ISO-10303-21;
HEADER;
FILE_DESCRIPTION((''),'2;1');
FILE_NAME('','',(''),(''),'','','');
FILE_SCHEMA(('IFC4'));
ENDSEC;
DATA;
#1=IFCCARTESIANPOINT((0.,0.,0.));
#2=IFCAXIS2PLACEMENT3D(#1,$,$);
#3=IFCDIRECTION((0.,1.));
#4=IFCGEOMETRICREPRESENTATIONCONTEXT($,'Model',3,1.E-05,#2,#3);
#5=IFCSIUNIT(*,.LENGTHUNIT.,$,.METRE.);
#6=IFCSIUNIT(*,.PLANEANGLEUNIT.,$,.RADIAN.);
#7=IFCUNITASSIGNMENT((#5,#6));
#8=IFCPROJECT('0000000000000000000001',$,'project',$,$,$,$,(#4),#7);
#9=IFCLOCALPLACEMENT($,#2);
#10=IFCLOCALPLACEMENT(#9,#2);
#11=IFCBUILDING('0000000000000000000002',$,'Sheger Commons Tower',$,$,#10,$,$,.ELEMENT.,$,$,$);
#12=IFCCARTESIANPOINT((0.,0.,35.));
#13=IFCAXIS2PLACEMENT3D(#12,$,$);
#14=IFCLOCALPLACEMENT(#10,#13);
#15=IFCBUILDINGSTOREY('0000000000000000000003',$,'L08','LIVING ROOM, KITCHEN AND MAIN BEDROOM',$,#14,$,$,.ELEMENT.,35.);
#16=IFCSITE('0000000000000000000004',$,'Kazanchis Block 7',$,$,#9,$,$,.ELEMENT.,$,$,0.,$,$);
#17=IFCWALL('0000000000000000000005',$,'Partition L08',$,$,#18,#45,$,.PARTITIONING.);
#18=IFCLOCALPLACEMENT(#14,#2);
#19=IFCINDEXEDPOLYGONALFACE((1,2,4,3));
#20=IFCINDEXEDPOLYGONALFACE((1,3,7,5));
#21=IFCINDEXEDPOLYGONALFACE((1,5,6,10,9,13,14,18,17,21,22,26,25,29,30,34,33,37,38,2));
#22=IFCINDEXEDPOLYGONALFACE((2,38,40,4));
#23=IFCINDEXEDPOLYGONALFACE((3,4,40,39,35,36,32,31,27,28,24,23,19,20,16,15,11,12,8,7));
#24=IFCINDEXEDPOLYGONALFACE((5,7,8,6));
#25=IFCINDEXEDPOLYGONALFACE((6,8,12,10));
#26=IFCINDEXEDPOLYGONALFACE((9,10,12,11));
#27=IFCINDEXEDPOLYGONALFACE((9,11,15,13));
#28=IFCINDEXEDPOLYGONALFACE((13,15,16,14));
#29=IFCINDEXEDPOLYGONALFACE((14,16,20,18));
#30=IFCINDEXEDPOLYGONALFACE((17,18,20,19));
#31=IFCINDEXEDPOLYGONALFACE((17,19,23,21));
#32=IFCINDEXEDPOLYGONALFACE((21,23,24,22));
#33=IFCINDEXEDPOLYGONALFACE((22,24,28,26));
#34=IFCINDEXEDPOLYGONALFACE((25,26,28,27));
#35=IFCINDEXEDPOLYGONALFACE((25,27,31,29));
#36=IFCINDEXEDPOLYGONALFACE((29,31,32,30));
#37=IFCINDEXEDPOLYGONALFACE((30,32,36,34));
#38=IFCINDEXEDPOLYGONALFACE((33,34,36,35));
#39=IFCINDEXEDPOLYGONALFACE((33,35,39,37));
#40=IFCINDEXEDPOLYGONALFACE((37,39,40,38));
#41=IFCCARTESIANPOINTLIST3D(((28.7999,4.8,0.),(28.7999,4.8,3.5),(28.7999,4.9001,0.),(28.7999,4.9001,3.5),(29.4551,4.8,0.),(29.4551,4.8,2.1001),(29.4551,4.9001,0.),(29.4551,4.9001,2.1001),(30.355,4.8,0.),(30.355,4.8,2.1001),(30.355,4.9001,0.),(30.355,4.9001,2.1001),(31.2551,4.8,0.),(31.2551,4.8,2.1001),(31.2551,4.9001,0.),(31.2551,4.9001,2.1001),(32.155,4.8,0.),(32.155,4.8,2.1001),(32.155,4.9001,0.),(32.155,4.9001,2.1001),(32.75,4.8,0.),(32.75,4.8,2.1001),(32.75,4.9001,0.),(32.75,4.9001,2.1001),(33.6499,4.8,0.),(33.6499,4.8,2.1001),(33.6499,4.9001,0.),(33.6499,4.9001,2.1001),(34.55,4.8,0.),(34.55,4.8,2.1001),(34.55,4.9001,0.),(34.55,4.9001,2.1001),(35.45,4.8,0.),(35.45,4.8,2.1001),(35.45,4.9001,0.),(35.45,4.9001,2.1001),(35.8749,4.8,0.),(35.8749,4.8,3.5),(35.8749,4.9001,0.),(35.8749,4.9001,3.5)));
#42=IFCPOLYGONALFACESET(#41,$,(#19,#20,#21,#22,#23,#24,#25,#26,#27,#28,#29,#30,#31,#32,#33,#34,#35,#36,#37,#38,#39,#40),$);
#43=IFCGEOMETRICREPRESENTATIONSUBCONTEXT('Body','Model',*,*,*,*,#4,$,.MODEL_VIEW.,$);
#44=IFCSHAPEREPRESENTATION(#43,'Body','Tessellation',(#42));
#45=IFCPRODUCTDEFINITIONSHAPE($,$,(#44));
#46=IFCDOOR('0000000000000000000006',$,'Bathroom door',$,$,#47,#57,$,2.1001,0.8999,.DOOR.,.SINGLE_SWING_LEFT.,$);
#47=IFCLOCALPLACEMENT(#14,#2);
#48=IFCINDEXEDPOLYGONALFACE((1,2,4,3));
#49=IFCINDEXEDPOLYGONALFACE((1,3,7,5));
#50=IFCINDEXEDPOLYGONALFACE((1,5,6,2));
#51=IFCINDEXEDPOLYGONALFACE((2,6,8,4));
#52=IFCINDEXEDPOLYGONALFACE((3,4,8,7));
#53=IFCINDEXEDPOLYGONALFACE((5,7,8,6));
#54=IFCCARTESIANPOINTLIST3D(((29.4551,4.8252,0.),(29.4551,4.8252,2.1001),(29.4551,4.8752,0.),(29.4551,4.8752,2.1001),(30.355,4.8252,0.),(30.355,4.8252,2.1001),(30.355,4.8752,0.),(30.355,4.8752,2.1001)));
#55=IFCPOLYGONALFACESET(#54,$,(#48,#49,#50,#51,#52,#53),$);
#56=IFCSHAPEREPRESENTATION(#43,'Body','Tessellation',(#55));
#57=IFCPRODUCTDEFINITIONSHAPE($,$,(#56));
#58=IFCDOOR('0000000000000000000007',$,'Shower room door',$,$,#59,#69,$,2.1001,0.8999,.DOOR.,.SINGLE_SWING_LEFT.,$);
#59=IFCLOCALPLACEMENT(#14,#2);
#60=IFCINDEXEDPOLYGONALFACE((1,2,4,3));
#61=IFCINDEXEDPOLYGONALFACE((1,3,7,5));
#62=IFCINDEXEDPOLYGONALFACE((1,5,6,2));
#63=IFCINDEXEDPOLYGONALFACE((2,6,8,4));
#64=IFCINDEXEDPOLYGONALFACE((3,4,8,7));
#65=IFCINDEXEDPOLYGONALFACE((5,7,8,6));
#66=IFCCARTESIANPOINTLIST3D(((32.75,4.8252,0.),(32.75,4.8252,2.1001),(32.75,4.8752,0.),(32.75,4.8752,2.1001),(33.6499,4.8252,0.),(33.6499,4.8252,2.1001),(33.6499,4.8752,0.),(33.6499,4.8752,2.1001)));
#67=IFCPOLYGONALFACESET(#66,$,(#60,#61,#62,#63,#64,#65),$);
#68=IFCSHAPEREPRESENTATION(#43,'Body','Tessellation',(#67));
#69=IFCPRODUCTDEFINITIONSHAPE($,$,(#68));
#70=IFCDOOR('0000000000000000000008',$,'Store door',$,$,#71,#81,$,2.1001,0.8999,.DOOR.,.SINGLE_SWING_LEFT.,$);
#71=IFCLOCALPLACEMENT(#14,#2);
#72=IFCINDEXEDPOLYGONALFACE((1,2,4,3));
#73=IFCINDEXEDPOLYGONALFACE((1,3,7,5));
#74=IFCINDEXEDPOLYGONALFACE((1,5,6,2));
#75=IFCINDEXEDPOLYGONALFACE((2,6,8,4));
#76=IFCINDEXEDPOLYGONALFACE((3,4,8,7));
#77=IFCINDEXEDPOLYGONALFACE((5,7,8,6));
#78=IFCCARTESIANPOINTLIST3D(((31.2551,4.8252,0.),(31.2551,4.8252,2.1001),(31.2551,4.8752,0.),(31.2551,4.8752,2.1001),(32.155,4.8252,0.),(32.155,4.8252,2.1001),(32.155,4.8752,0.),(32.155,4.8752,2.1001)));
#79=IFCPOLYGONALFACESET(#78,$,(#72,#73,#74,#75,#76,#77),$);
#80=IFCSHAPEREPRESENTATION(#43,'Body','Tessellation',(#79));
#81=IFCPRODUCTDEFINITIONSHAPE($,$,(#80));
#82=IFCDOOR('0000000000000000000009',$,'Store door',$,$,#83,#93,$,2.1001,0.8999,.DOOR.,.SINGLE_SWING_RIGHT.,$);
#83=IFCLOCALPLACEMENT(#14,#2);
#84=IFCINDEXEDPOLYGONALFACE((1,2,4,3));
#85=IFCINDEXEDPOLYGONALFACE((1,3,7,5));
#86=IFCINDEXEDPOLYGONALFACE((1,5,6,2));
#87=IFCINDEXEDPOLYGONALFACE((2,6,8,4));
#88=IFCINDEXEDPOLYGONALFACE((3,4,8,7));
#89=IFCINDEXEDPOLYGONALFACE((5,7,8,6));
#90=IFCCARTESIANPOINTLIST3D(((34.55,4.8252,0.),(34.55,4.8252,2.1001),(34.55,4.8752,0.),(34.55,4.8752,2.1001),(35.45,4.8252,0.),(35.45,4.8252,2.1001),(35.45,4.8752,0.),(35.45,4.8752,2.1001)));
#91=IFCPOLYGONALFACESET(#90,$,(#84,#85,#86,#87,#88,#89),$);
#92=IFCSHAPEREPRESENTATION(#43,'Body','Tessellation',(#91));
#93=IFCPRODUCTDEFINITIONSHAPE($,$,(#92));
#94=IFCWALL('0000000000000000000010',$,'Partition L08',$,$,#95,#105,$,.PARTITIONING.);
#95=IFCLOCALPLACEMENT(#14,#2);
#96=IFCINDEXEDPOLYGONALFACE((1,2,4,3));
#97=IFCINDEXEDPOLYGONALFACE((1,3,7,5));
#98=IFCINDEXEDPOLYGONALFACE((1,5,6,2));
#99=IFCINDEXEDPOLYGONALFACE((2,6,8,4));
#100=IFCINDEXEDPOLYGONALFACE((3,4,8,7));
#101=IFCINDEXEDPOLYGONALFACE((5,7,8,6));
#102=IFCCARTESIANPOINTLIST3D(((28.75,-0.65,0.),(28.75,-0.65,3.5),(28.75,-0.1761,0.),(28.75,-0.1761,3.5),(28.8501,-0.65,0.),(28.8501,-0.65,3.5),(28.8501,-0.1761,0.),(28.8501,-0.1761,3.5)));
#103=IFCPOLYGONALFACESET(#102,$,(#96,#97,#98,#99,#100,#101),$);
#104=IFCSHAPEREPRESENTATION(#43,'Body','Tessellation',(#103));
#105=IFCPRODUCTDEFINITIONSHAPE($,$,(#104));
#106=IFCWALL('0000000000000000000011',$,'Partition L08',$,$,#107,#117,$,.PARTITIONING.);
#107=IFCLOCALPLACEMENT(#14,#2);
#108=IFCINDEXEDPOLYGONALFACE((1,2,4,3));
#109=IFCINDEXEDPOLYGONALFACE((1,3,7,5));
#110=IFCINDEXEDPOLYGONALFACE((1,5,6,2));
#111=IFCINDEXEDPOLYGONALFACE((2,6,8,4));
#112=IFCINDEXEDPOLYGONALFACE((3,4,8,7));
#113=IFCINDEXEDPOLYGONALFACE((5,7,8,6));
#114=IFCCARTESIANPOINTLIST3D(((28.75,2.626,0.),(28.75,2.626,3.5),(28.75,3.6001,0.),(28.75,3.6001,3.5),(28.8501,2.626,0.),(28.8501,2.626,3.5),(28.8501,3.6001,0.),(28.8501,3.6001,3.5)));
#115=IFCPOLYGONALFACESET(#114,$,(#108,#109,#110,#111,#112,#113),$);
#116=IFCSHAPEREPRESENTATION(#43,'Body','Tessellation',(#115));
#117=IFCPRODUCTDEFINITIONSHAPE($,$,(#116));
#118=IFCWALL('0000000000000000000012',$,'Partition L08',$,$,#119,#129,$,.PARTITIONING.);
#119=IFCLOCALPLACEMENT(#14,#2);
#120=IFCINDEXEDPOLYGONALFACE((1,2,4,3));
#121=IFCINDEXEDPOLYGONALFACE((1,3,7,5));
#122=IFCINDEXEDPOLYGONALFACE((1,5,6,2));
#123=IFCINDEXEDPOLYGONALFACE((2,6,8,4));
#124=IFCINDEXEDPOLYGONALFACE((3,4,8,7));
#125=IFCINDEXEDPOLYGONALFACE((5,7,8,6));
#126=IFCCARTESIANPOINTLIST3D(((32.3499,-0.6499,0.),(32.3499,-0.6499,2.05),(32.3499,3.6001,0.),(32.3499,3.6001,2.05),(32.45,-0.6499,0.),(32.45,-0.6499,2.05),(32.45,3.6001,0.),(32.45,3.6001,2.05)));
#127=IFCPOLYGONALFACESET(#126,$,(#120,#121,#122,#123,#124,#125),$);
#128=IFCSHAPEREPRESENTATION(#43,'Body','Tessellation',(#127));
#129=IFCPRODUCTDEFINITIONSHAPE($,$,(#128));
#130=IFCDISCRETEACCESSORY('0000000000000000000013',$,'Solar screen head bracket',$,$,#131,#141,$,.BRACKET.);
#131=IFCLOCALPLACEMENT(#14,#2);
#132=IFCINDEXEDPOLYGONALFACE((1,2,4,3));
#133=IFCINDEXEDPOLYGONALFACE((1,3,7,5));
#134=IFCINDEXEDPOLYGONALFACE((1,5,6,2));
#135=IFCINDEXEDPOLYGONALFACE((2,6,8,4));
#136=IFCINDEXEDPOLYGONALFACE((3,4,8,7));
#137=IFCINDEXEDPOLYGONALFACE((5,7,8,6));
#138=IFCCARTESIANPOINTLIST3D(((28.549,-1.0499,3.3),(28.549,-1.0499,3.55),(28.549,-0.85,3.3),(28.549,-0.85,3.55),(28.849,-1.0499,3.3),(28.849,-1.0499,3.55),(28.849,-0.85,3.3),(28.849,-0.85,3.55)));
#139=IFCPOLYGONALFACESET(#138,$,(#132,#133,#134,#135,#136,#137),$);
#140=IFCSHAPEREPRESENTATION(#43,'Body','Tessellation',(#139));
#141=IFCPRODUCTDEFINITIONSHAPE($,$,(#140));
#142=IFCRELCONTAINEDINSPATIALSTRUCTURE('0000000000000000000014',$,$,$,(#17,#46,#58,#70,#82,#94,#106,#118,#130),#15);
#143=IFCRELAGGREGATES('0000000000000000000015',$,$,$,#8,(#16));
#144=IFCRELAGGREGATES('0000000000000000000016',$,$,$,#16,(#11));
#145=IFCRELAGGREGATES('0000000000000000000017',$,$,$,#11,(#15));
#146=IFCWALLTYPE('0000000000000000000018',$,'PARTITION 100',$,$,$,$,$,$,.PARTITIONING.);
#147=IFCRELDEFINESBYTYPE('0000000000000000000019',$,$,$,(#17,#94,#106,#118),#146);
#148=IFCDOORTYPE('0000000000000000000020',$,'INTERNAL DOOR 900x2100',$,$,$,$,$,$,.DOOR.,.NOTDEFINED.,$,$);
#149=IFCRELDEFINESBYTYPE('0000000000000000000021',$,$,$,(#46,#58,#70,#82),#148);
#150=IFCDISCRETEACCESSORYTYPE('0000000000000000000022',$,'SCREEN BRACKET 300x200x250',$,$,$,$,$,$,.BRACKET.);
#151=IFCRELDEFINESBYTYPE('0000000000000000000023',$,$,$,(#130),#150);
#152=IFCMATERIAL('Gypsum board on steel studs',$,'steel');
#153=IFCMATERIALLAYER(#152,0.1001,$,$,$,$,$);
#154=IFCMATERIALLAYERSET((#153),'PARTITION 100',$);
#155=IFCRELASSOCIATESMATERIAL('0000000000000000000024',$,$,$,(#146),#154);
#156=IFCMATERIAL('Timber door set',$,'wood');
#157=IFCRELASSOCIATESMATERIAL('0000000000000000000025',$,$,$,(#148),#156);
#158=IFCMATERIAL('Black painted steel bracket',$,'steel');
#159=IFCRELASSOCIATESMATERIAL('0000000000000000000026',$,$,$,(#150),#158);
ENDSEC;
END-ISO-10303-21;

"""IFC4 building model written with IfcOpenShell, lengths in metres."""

from ifc_helpers import new_model, si_unit, direction, frame, frame_2d, origin, origin_2d, place, context, subcontext, project, spatial, rectangle, extrude, material, layer, layer_set, type_object, element, fill, save


model = new_model("IFC4")

# Units and contexts
model_context = context("Model", 3, precision=1e-05, world=origin(), true_north=direction((0.0, 1.0)))
body_context = subcontext(model_context, "Body", "Model", "MODEL_VIEW")
ifc_project = project(units=[si_unit("LENGTHUNIT", "METRE"), si_unit("PLANEANGLEUNIT", "RADIAN")], contexts=[model_context])

# Site, building, storey
site_placement = place(None, origin())
site = spatial("IfcSite", under=ifc_project, at=site_placement, Name="Kazanchis Block 7", CompositionType="ELEMENT", RefElevation=0.0)
building_placement = place(site_placement, origin())
building = spatial("IfcBuilding", under=site, at=building_placement, Name="Sheger Commons Tower", CompositionType="ELEMENT")
storey_placement = place(building_placement, frame((0.0, 0.0, 35.0)))
storey = spatial("IfcBuildingStorey", under=building, at=storey_placement, Name="L08", Description="LIVING ROOM, KITCHEN AND MAIN BEDROOM", CompositionType="ELEMENT", Elevation=35.0)

# Wall, openings, doors
ifc_material_1 = material(Name="Gypsum board on steel studs", Category="steel")
ifc_layer_1 = layer(ifc_material_1, 0.1001)
ifc_layer_set_1 = layer_set([ifc_layer_1], Name="PARTITION 100")
wall_type_1 = type_object("IfcWallType", Name="PARTITION 100", PredefinedType="PARTITIONING", material=ifc_layer_set_1)
ifc_material_2 = material(Name="Timber door set", Category="wood")
door_type = type_object("IfcDoorType", Name="INTERNAL DOOR 900x2100", OperationType="NOTDEFINED", PredefinedType="DOOR", material=ifc_material_2)
wall_1_placement = place(storey_placement, frame((35.875, 4.8501, 0.0), z_axis=(0.0, 0.0, 1.0), x_axis=(-1.0, 0.0, 0.0)))
wall_1 = element("IfcWall", 1, at=wall_1_placement, inside=storey, type_object=wall_type_1, Name="Partition L08", PredefinedType="PARTITIONING", context=body_context, shape_type="SweptSolid", body=[
    extrude(rectangle(XDim=7.075, YDim=0.1001, at=frame_2d((3.5376, 0.0))), origin(), (0.0, 0.0, 1.0), 3.5),
])
opening_1_placement = place(wall_1_placement, frame((5.52, 0.0, 0.0)))
opening_1 = element("IfcOpeningElement", 2, at=opening_1_placement, cuts=wall_1, PredefinedType="OPENING", context=body_context, shape_type="SweptSolid", body=[
    extrude(rectangle(XDim=0.8999, YDim=2.1001, at=frame_2d((0.45, 1.05))), frame((0.0, 0.0601, 0.0), z_axis=(0.0, -1.0, 0.0), x_axis=(1.0, 0.0, 0.0)), (0.0, 0.0, 1.0), 0.1201),
])
opening_2_placement = place(wall_1_placement, frame((2.2251, 0.0, 0.0)))
opening_2 = element("IfcOpeningElement", 3, at=opening_2_placement, cuts=wall_1, PredefinedType="OPENING", context=body_context, shape_type="SweptSolid", body=[
    extrude(rectangle(XDim=0.8999, YDim=2.1001, at=frame_2d((0.45, 1.05))), frame((0.0, 0.0601, 0.0), z_axis=(0.0, -1.0, 0.0), x_axis=(1.0, 0.0, 0.0)), (0.0, 0.0, 1.0), 0.1201),
])
opening_3_placement = place(wall_1_placement, frame((3.72, 0.0, 0.0)))
opening_3 = element("IfcOpeningElement", 4, at=opening_3_placement, cuts=wall_1, PredefinedType="OPENING", context=body_context, shape_type="SweptSolid", body=[
    extrude(rectangle(XDim=0.8999, YDim=2.1001, at=frame_2d((0.45, 1.05))), frame((0.0, 0.0601, 0.0), z_axis=(0.0, -1.0, 0.0), x_axis=(1.0, 0.0, 0.0)), (0.0, 0.0, 1.0), 0.1201),
])
opening_4_placement = place(wall_1_placement, frame((0.425, 0.0, 0.0)))
opening_4 = element("IfcOpeningElement", 5, at=opening_4_placement, cuts=wall_1, PredefinedType="OPENING", context=body_context, shape_type="SweptSolid", body=[
    extrude(rectangle(XDim=0.8999, YDim=2.1001, at=frame_2d((0.45, 1.05))), frame((0.0, 0.0601, 0.0), z_axis=(0.0, -1.0, 0.0), x_axis=(1.0, 0.0, 0.0)), (0.0, 0.0, 1.0), 0.1201),
])
door_1_placement = place(opening_1_placement, origin())
door_1 = element("IfcDoor", 6, at=door_1_placement, inside=storey, type_object=door_type, Name="Bathroom door", OperationType="SINGLE_SWING_LEFT", OverallHeight=2.1001, OverallWidth=0.8999, PredefinedType="DOOR", context=body_context, shape_type="SweptSolid", body=[
    extrude(rectangle(XDim=0.8999, YDim=2.1001, at=frame_2d((0.45, 1.05))), frame((0.0, 0.0249, 0.0), z_axis=(0.0, -1.0, 0.0), x_axis=(1.0, 0.0, 0.0)), (0.0, 0.0, 1.0), 0.05),
])
fill(opening_1, door_1)
door_2_placement = place(opening_2_placement, origin())
door_2 = element("IfcDoor", 7, at=door_2_placement, inside=storey, type_object=door_type, Name="Shower room door", OperationType="SINGLE_SWING_LEFT", OverallHeight=2.1001, OverallWidth=0.8999, PredefinedType="DOOR", context=body_context, shape_type="SweptSolid", body=[
    extrude(rectangle(XDim=0.8999, YDim=2.1001, at=frame_2d((0.45, 1.05))), frame((0.0, 0.0249, 0.0), z_axis=(0.0, -1.0, 0.0), x_axis=(1.0, 0.0, 0.0)), (0.0, 0.0, 1.0), 0.05),
])
fill(opening_2, door_2)
door_3_placement = place(opening_3_placement, origin())
door_3 = element("IfcDoor", 8, at=door_3_placement, inside=storey, type_object=door_type, Name="Store door", OperationType="SINGLE_SWING_LEFT", OverallHeight=2.1001, OverallWidth=0.8999, PredefinedType="DOOR", context=body_context, shape_type="SweptSolid", body=[
    extrude(rectangle(XDim=0.8999, YDim=2.1001, at=frame_2d((0.45, 1.05))), frame((0.0, 0.0249, 0.0), z_axis=(0.0, -1.0, 0.0), x_axis=(1.0, 0.0, 0.0)), (0.0, 0.0, 1.0), 0.05),
])
fill(opening_3, door_3)
door_4_placement = place(opening_4_placement, origin())
door_4 = element("IfcDoor", 9, at=door_4_placement, inside=storey, type_object=door_type, Name="Store door", OperationType="SINGLE_SWING_RIGHT", OverallHeight=2.1001, OverallWidth=0.8999, PredefinedType="DOOR", context=body_context, shape_type="SweptSolid", body=[
    extrude(rectangle(XDim=0.8999, YDim=2.1001, at=frame_2d((0.45, 1.05))), frame((0.0, 0.0249, 0.0), z_axis=(0.0, -1.0, 0.0), x_axis=(1.0, 0.0, 0.0)), (0.0, 0.0, 1.0), 0.05),
])
fill(opening_4, door_4)

# Walls
wall_2_placement = place(storey_placement, frame((28.8, -0.6499, 0.0), z_axis=(0.0, 0.0, 1.0), x_axis=(0.0, 1.0, 0.0)))
element("IfcWall", 10, at=wall_2_placement, inside=storey, type_object=wall_type_1, Name="Partition L08", PredefinedType="PARTITIONING", context=body_context, shape_type="SweptSolid", body=[
    extrude(rectangle(XDim=0.4739, YDim=0.1001, at=frame_2d((0.2368, 0.0))), origin(), (0.0, 0.0, 1.0), 3.5),
])
wall_3_placement = place(storey_placement, frame((28.8, 2.626, 0.0), z_axis=(0.0, 0.0, 1.0), x_axis=(0.0, 1.0, 0.0)))
element("IfcWall", 11, at=wall_3_placement, inside=storey, type_object=wall_type_1, Name="Partition L08", PredefinedType="PARTITIONING", context=body_context, shape_type="SweptSolid", body=[
    extrude(rectangle(XDim=0.9741, YDim=0.1001, at=frame_2d((0.4871, 0.0))), origin(), (0.0, 0.0, 1.0), 3.5),
])
wall_4_placement = place(storey_placement, frame((32.3999, -0.6499, 0.0), z_axis=(0.0, 0.0, 1.0), x_axis=(0.0, 1.0, 0.0)))
element("IfcWall", 12, at=wall_4_placement, inside=storey, type_object=wall_type_1, Name="Partition L08", PredefinedType="PARTITIONING", context=body_context, shape_type="SweptSolid", body=[
    extrude(rectangle(XDim=4.25, YDim=0.1001, at=frame_2d((2.125, 0.0))), origin(), (0.0, 0.0, 1.0), 2.05),
])

# Discrete accessory
ifc_material_3 = material(Name="Black painted steel bracket", Category="steel")
discrete_accessory_type = type_object("IfcDiscreteAccessoryType", Name="SCREEN BRACKET 300x200x250", PredefinedType="BRACKET", material=ifc_material_3)
discrete_accessory_placement = place(storey_placement, frame((28.699, -0.95, 3.3), z_axis=(0.0, 0.0, 1.0), x_axis=(1.0, 0.0, 0.0)))
element("IfcDiscreteAccessory", 13, at=discrete_accessory_placement, inside=storey, type_object=discrete_accessory_type, Name="Solar screen head bracket", PredefinedType="BRACKET", context=body_context, shape_type="SweptSolid", body=[
    extrude(rectangle(XDim=0.3, YDim=0.2, at=origin_2d()), origin(), (0.0, 0.0, 1.0), 0.25),
])

save(model, "model.ifc")
